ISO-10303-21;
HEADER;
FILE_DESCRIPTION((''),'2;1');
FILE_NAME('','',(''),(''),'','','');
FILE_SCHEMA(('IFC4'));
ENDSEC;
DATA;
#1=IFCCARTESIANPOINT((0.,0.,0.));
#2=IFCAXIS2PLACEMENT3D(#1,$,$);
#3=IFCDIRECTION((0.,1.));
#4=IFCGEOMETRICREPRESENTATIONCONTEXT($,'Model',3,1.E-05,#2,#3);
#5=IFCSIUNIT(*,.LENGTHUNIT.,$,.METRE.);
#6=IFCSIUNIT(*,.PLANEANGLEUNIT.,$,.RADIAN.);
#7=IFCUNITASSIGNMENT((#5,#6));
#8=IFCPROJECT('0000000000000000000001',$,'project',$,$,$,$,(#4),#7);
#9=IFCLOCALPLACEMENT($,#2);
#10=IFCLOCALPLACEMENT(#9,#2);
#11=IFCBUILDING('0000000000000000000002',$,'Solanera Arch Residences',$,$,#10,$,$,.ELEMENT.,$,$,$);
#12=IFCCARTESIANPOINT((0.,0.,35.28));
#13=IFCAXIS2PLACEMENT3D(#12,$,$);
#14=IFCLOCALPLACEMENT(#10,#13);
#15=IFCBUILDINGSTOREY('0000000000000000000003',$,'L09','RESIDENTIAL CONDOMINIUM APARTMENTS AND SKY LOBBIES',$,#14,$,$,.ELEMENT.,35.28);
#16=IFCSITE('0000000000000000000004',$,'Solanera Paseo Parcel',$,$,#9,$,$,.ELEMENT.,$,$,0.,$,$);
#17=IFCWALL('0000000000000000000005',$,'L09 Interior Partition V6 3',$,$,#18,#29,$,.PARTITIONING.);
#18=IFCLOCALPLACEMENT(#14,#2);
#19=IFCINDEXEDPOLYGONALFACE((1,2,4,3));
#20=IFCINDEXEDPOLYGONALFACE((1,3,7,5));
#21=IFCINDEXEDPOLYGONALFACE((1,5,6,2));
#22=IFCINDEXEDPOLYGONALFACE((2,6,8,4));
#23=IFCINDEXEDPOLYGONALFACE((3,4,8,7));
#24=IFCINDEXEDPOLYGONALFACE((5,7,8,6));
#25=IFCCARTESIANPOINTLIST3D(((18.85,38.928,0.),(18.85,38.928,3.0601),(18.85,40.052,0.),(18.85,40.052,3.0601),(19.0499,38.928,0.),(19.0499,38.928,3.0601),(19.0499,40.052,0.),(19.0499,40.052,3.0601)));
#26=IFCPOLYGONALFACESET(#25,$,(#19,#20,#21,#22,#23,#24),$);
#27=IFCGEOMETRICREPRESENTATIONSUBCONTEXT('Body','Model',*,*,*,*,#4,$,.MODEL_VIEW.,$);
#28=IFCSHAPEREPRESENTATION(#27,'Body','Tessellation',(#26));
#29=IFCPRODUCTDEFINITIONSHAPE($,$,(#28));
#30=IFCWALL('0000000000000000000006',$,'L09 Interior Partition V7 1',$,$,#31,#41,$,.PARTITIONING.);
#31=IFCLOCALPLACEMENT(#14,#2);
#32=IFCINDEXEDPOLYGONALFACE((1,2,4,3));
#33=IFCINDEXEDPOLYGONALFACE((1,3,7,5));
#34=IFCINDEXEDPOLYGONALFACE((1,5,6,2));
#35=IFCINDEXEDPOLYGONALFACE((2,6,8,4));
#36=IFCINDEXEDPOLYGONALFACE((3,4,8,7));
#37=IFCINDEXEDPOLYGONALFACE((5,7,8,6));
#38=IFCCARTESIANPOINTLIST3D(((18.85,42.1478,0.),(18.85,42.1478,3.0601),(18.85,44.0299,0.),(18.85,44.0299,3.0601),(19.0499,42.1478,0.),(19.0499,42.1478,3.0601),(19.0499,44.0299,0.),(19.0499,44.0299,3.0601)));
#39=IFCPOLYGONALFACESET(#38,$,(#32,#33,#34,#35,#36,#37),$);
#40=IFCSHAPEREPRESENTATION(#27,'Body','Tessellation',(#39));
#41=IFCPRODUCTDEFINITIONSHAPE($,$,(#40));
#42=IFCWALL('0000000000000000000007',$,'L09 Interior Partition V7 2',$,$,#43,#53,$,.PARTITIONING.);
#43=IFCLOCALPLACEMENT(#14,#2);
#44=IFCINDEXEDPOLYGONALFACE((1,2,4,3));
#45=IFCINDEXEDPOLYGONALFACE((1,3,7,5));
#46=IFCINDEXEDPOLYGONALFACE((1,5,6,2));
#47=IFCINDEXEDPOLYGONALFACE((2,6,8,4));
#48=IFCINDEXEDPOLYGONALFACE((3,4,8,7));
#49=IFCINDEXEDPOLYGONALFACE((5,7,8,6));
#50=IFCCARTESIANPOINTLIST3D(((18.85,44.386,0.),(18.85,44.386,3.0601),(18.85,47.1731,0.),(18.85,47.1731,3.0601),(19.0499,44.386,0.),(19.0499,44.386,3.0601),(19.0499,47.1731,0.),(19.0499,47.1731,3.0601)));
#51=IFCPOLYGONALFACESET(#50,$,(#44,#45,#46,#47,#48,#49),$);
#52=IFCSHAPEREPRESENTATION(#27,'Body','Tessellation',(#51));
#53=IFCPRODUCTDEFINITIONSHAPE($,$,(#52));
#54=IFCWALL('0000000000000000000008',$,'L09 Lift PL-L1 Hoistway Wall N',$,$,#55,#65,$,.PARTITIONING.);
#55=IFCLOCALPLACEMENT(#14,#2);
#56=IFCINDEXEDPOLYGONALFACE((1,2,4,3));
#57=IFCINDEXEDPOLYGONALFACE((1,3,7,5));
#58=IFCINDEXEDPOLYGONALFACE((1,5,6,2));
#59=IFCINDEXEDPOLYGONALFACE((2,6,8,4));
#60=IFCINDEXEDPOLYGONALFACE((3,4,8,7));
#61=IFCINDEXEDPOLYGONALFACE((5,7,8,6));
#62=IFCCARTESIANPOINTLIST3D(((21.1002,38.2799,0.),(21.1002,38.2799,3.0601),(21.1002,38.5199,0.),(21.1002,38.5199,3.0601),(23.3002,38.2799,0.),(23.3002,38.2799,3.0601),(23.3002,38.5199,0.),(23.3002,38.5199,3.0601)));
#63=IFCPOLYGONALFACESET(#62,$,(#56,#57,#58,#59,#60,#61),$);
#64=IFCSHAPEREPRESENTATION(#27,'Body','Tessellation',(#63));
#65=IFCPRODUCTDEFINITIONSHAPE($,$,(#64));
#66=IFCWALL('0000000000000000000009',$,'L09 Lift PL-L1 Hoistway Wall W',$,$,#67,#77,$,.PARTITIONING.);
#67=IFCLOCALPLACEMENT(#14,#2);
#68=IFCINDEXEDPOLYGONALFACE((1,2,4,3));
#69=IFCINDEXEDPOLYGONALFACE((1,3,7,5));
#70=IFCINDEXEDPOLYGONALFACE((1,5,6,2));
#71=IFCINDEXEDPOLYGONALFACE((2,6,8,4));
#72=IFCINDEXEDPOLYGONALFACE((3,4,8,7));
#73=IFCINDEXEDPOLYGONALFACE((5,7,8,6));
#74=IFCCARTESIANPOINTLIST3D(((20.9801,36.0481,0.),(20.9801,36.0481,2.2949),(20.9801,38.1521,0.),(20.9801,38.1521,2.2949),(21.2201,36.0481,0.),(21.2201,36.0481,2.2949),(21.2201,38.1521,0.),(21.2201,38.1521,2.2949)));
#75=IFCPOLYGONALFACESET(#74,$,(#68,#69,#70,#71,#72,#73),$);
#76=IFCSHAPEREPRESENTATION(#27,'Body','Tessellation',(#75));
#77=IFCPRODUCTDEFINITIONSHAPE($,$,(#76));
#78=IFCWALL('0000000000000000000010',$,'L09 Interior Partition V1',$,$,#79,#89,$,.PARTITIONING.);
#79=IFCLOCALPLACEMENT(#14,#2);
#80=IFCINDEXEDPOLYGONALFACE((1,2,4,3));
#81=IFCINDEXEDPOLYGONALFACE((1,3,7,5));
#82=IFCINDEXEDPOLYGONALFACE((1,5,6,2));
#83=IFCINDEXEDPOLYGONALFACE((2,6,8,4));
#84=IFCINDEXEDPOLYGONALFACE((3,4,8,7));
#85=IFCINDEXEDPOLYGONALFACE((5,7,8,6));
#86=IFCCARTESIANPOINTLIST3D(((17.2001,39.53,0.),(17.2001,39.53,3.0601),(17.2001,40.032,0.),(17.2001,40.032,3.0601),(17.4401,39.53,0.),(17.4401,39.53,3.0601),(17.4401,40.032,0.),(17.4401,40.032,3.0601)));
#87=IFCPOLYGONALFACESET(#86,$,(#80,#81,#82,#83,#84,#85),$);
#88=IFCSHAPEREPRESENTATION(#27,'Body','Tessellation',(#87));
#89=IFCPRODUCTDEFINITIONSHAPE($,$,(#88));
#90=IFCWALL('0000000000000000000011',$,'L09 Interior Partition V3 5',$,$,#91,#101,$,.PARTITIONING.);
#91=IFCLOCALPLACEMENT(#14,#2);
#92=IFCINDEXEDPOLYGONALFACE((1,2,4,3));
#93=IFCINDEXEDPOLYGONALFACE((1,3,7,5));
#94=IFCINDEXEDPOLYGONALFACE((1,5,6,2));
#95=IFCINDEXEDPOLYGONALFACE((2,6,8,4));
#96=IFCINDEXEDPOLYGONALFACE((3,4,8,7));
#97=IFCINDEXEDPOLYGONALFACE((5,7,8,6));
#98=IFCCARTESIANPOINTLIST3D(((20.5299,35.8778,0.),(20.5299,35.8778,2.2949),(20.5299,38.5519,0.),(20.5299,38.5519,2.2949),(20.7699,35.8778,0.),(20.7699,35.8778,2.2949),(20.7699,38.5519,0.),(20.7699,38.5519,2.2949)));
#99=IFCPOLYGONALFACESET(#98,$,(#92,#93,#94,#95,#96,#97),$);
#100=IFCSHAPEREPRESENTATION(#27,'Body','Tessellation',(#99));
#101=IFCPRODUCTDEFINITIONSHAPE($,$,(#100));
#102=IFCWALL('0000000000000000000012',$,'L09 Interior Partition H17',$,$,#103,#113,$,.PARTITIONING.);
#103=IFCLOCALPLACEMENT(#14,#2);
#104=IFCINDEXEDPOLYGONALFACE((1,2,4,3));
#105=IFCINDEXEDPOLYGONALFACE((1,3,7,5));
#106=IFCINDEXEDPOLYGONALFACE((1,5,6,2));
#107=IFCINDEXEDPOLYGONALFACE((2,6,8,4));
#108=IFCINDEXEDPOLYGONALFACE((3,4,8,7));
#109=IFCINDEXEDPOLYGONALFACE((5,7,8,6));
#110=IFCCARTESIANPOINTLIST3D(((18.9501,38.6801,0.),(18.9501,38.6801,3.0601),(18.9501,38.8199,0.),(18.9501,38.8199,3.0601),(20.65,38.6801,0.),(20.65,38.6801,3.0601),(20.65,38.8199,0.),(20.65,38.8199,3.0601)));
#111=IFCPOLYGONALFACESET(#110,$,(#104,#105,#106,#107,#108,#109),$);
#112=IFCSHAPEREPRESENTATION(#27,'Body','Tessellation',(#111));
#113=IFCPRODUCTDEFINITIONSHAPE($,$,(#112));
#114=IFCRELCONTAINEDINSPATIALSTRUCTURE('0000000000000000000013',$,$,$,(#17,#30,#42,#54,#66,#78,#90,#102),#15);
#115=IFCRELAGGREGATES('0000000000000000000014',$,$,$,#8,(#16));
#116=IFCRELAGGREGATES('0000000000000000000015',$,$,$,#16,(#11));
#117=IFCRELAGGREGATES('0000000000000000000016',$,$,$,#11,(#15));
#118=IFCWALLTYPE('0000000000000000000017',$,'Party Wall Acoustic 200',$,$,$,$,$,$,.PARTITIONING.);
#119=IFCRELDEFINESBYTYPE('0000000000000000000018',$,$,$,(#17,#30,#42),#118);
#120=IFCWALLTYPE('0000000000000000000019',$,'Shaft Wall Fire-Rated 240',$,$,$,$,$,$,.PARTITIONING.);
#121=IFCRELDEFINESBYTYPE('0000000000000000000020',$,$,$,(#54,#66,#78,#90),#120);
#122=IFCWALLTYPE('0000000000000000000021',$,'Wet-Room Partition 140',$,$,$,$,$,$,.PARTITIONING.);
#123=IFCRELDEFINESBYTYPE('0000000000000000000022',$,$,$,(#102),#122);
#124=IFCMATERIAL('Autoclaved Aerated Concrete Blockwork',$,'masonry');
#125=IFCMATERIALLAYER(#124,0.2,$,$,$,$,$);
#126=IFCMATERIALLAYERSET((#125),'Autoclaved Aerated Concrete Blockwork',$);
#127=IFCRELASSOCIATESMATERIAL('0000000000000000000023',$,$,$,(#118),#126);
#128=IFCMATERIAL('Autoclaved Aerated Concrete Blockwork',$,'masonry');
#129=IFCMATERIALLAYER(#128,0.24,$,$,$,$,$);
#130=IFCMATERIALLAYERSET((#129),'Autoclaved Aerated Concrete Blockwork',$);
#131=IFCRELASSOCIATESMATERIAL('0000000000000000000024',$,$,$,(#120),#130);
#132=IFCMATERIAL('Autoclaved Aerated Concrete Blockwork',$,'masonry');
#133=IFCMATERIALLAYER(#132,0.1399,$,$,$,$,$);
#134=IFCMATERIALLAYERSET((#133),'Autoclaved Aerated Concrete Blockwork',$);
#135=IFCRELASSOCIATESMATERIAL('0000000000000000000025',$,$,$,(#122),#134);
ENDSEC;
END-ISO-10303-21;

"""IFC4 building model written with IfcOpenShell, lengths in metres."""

from ifc_helpers import new_model, si_unit, direction, frame, frame_2d, origin, place, context, subcontext, project, spatial, rectangle, extrude, material, layer, layer_set, type_object, element, save


model = new_model("IFC4")

# Units and contexts
model_context = context("Model", 3, precision=1e-05, world=origin(), true_north=direction((0.0, 1.0)))
body_context = subcontext(model_context, "Body", "Model", "MODEL_VIEW")
ifc_project = project(units=[si_unit("LENGTHUNIT", "METRE"), si_unit("PLANEANGLEUNIT", "RADIAN")], contexts=[model_context])

# Site, building, storey
site_placement = place(None, origin())
site = spatial("IfcSite", under=ifc_project, at=site_placement, Name="Solanera Paseo Parcel", CompositionType="ELEMENT", RefElevation=0.0)
building_placement = place(site_placement, origin())
building = spatial("IfcBuilding", under=site, at=building_placement, Name="Solanera Arch Residences", CompositionType="ELEMENT")
storey_placement = place(building_placement, frame((0.0, 0.0, 35.28)))
storey = spatial("IfcBuildingStorey", under=building, at=storey_placement, Name="L09", Description="RESIDENTIAL CONDOMINIUM APARTMENTS AND SKY LOBBIES", CompositionType="ELEMENT", Elevation=35.28)

# Shared definitions
ifc_material_1 = material(Name="Autoclaved Aerated Concrete Blockwork", Category="masonry")
ifc_layer_1 = layer(ifc_material_1, 0.2)
ifc_layer_set_1 = layer_set([ifc_layer_1], Name="Autoclaved Aerated Concrete Blockwork")
wall_type_1 = type_object("IfcWallType", Name="Party Wall Acoustic 200", PredefinedType="PARTITIONING", material=ifc_layer_set_1)

# Walls
wall_1_placement = place(storey_placement, frame((18.95, 38.928, 0.0), z_axis=(0.0, 0.0, 1.0), x_axis=(0.0, 1.0, 0.0)))
element("IfcWall", 1, at=wall_1_placement, inside=storey, type_object=wall_type_1, Name="L09 Interior Partition V6 3", PredefinedType="PARTITIONING", context=body_context, shape_type="SweptSolid", body=[
    extrude(rectangle(XDim=1.124, YDim=0.2, at=frame_2d((0.562, 0.0))), origin(), (0.0, 0.0, 1.0), 3.0601),
])
wall_2_placement = place(storey_placement, frame((18.95, 42.1479, 0.0), z_axis=(0.0, 0.0, 1.0), x_axis=(0.0, 1.0, 0.0)))
element("IfcWall", 2, at=wall_2_placement, inside=storey, type_object=wall_type_1, Name="L09 Interior Partition V7 1", PredefinedType="PARTITIONING", context=body_context, shape_type="SweptSolid", body=[
    extrude(rectangle(XDim=1.8821, YDim=0.2, at=frame_2d((0.9409, 0.0))), origin(), (0.0, 0.0, 1.0), 3.0601),
])
wall_3_placement = place(storey_placement, frame((18.95, 44.386, 0.0), z_axis=(0.0, 0.0, 1.0), x_axis=(0.0, 1.0, 0.0)))
element("IfcWall", 3, at=wall_3_placement, inside=storey, type_object=wall_type_1, Name="L09 Interior Partition V7 2", PredefinedType="PARTITIONING", context=body_context, shape_type="SweptSolid", body=[
    extrude(rectangle(XDim=2.7871, YDim=0.2, at=frame_2d((1.3936, 0.0))), origin(), (0.0, 0.0, 1.0), 3.0601),
])
ifc_material_2 = material(Name="Autoclaved Aerated Concrete Blockwork", Category="masonry")
ifc_layer_2 = layer(ifc_material_2, 0.24)
ifc_layer_set_2 = layer_set([ifc_layer_2], Name="Autoclaved Aerated Concrete Blockwork")
wall_type_2 = type_object("IfcWallType", Name="Shaft Wall Fire-Rated 240", PredefinedType="PARTITIONING", material=ifc_layer_set_2)
wall_4_placement = place(storey_placement, frame((21.1001, 38.3999, 0.0), z_axis=(0.0, 0.0, 1.0), x_axis=(1.0, 0.0, 0.0)))
element("IfcWall", 4, at=wall_4_placement, inside=storey, type_object=wall_type_2, Name="L09 Lift PL-L1 Hoistway Wall N", PredefinedType="PARTITIONING", context=body_context, shape_type="SweptSolid", body=[
    extrude(rectangle(XDim=2.2, YDim=0.24, at=frame_2d((1.1001, 0.0))), origin(), (0.0, 0.0, 1.0), 3.0601),
])
wall_5_placement = place(storey_placement, frame((21.1001, 36.0481, 0.0), z_axis=(0.0, 0.0, 1.0), x_axis=(0.0, 1.0, 0.0)))
element("IfcWall", 5, at=wall_5_placement, inside=storey, type_object=wall_type_2, Name="L09 Lift PL-L1 Hoistway Wall W", PredefinedType="PARTITIONING", context=body_context, shape_type="SweptSolid", body=[
    extrude(rectangle(XDim=2.104, YDim=0.24, at=frame_2d((1.052, 0.0))), origin(), (0.0, 0.0, 1.0), 2.2949),
])
wall_6_placement = place(storey_placement, frame((17.3201, 39.53, 0.0), z_axis=(0.0, 0.0, 1.0), x_axis=(0.0, 1.0, 0.0)))
element("IfcWall", 6, at=wall_6_placement, inside=storey, type_object=wall_type_2, Name="L09 Interior Partition V1", PredefinedType="PARTITIONING", context=body_context, shape_type="SweptSolid", body=[
    extrude(rectangle(XDim=0.502, YDim=0.24, at=frame_2d((0.251, 0.0))), origin(), (0.0, 0.0, 1.0), 3.0601),
])
wall_7_placement = place(storey_placement, frame((20.6499, 35.8779, 0.0), z_axis=(0.0, 0.0, 1.0), x_axis=(0.0, 1.0, 0.0)))
element("IfcWall", 7, at=wall_7_placement, inside=storey, type_object=wall_type_2, Name="L09 Interior Partition V3 5", PredefinedType="PARTITIONING", context=body_context, shape_type="SweptSolid", body=[
    extrude(rectangle(XDim=2.6741, YDim=0.24, at=frame_2d((1.3369, 0.0))), origin(), (0.0, 0.0, 1.0), 2.2949),
])
ifc_material_3 = material(Name="Autoclaved Aerated Concrete Blockwork", Category="masonry")
ifc_layer_3 = layer(ifc_material_3, 0.1399)
ifc_layer_set_3 = layer_set([ifc_layer_3], Name="Autoclaved Aerated Concrete Blockwork")
wall_type_3 = type_object("IfcWallType", Name="Wet-Room Partition 140", PredefinedType="PARTITIONING", material=ifc_layer_set_3)
wall_8_placement = place(storey_placement, frame((18.95, 38.75, 0.0), z_axis=(0.0, 0.0, 1.0), x_axis=(1.0, 0.0, 0.0)))
element("IfcWall", 8, at=wall_8_placement, inside=storey, type_object=wall_type_3, Name="L09 Interior Partition H17", PredefinedType="PARTITIONING", context=body_context, shape_type="SweptSolid", body=[
    extrude(rectangle(XDim=1.7, YDim=0.1399, at=frame_2d((0.8501, 0.0))), origin(), (0.0, 0.0, 1.0), 3.0601),
])

save(model, "model.ifc")
